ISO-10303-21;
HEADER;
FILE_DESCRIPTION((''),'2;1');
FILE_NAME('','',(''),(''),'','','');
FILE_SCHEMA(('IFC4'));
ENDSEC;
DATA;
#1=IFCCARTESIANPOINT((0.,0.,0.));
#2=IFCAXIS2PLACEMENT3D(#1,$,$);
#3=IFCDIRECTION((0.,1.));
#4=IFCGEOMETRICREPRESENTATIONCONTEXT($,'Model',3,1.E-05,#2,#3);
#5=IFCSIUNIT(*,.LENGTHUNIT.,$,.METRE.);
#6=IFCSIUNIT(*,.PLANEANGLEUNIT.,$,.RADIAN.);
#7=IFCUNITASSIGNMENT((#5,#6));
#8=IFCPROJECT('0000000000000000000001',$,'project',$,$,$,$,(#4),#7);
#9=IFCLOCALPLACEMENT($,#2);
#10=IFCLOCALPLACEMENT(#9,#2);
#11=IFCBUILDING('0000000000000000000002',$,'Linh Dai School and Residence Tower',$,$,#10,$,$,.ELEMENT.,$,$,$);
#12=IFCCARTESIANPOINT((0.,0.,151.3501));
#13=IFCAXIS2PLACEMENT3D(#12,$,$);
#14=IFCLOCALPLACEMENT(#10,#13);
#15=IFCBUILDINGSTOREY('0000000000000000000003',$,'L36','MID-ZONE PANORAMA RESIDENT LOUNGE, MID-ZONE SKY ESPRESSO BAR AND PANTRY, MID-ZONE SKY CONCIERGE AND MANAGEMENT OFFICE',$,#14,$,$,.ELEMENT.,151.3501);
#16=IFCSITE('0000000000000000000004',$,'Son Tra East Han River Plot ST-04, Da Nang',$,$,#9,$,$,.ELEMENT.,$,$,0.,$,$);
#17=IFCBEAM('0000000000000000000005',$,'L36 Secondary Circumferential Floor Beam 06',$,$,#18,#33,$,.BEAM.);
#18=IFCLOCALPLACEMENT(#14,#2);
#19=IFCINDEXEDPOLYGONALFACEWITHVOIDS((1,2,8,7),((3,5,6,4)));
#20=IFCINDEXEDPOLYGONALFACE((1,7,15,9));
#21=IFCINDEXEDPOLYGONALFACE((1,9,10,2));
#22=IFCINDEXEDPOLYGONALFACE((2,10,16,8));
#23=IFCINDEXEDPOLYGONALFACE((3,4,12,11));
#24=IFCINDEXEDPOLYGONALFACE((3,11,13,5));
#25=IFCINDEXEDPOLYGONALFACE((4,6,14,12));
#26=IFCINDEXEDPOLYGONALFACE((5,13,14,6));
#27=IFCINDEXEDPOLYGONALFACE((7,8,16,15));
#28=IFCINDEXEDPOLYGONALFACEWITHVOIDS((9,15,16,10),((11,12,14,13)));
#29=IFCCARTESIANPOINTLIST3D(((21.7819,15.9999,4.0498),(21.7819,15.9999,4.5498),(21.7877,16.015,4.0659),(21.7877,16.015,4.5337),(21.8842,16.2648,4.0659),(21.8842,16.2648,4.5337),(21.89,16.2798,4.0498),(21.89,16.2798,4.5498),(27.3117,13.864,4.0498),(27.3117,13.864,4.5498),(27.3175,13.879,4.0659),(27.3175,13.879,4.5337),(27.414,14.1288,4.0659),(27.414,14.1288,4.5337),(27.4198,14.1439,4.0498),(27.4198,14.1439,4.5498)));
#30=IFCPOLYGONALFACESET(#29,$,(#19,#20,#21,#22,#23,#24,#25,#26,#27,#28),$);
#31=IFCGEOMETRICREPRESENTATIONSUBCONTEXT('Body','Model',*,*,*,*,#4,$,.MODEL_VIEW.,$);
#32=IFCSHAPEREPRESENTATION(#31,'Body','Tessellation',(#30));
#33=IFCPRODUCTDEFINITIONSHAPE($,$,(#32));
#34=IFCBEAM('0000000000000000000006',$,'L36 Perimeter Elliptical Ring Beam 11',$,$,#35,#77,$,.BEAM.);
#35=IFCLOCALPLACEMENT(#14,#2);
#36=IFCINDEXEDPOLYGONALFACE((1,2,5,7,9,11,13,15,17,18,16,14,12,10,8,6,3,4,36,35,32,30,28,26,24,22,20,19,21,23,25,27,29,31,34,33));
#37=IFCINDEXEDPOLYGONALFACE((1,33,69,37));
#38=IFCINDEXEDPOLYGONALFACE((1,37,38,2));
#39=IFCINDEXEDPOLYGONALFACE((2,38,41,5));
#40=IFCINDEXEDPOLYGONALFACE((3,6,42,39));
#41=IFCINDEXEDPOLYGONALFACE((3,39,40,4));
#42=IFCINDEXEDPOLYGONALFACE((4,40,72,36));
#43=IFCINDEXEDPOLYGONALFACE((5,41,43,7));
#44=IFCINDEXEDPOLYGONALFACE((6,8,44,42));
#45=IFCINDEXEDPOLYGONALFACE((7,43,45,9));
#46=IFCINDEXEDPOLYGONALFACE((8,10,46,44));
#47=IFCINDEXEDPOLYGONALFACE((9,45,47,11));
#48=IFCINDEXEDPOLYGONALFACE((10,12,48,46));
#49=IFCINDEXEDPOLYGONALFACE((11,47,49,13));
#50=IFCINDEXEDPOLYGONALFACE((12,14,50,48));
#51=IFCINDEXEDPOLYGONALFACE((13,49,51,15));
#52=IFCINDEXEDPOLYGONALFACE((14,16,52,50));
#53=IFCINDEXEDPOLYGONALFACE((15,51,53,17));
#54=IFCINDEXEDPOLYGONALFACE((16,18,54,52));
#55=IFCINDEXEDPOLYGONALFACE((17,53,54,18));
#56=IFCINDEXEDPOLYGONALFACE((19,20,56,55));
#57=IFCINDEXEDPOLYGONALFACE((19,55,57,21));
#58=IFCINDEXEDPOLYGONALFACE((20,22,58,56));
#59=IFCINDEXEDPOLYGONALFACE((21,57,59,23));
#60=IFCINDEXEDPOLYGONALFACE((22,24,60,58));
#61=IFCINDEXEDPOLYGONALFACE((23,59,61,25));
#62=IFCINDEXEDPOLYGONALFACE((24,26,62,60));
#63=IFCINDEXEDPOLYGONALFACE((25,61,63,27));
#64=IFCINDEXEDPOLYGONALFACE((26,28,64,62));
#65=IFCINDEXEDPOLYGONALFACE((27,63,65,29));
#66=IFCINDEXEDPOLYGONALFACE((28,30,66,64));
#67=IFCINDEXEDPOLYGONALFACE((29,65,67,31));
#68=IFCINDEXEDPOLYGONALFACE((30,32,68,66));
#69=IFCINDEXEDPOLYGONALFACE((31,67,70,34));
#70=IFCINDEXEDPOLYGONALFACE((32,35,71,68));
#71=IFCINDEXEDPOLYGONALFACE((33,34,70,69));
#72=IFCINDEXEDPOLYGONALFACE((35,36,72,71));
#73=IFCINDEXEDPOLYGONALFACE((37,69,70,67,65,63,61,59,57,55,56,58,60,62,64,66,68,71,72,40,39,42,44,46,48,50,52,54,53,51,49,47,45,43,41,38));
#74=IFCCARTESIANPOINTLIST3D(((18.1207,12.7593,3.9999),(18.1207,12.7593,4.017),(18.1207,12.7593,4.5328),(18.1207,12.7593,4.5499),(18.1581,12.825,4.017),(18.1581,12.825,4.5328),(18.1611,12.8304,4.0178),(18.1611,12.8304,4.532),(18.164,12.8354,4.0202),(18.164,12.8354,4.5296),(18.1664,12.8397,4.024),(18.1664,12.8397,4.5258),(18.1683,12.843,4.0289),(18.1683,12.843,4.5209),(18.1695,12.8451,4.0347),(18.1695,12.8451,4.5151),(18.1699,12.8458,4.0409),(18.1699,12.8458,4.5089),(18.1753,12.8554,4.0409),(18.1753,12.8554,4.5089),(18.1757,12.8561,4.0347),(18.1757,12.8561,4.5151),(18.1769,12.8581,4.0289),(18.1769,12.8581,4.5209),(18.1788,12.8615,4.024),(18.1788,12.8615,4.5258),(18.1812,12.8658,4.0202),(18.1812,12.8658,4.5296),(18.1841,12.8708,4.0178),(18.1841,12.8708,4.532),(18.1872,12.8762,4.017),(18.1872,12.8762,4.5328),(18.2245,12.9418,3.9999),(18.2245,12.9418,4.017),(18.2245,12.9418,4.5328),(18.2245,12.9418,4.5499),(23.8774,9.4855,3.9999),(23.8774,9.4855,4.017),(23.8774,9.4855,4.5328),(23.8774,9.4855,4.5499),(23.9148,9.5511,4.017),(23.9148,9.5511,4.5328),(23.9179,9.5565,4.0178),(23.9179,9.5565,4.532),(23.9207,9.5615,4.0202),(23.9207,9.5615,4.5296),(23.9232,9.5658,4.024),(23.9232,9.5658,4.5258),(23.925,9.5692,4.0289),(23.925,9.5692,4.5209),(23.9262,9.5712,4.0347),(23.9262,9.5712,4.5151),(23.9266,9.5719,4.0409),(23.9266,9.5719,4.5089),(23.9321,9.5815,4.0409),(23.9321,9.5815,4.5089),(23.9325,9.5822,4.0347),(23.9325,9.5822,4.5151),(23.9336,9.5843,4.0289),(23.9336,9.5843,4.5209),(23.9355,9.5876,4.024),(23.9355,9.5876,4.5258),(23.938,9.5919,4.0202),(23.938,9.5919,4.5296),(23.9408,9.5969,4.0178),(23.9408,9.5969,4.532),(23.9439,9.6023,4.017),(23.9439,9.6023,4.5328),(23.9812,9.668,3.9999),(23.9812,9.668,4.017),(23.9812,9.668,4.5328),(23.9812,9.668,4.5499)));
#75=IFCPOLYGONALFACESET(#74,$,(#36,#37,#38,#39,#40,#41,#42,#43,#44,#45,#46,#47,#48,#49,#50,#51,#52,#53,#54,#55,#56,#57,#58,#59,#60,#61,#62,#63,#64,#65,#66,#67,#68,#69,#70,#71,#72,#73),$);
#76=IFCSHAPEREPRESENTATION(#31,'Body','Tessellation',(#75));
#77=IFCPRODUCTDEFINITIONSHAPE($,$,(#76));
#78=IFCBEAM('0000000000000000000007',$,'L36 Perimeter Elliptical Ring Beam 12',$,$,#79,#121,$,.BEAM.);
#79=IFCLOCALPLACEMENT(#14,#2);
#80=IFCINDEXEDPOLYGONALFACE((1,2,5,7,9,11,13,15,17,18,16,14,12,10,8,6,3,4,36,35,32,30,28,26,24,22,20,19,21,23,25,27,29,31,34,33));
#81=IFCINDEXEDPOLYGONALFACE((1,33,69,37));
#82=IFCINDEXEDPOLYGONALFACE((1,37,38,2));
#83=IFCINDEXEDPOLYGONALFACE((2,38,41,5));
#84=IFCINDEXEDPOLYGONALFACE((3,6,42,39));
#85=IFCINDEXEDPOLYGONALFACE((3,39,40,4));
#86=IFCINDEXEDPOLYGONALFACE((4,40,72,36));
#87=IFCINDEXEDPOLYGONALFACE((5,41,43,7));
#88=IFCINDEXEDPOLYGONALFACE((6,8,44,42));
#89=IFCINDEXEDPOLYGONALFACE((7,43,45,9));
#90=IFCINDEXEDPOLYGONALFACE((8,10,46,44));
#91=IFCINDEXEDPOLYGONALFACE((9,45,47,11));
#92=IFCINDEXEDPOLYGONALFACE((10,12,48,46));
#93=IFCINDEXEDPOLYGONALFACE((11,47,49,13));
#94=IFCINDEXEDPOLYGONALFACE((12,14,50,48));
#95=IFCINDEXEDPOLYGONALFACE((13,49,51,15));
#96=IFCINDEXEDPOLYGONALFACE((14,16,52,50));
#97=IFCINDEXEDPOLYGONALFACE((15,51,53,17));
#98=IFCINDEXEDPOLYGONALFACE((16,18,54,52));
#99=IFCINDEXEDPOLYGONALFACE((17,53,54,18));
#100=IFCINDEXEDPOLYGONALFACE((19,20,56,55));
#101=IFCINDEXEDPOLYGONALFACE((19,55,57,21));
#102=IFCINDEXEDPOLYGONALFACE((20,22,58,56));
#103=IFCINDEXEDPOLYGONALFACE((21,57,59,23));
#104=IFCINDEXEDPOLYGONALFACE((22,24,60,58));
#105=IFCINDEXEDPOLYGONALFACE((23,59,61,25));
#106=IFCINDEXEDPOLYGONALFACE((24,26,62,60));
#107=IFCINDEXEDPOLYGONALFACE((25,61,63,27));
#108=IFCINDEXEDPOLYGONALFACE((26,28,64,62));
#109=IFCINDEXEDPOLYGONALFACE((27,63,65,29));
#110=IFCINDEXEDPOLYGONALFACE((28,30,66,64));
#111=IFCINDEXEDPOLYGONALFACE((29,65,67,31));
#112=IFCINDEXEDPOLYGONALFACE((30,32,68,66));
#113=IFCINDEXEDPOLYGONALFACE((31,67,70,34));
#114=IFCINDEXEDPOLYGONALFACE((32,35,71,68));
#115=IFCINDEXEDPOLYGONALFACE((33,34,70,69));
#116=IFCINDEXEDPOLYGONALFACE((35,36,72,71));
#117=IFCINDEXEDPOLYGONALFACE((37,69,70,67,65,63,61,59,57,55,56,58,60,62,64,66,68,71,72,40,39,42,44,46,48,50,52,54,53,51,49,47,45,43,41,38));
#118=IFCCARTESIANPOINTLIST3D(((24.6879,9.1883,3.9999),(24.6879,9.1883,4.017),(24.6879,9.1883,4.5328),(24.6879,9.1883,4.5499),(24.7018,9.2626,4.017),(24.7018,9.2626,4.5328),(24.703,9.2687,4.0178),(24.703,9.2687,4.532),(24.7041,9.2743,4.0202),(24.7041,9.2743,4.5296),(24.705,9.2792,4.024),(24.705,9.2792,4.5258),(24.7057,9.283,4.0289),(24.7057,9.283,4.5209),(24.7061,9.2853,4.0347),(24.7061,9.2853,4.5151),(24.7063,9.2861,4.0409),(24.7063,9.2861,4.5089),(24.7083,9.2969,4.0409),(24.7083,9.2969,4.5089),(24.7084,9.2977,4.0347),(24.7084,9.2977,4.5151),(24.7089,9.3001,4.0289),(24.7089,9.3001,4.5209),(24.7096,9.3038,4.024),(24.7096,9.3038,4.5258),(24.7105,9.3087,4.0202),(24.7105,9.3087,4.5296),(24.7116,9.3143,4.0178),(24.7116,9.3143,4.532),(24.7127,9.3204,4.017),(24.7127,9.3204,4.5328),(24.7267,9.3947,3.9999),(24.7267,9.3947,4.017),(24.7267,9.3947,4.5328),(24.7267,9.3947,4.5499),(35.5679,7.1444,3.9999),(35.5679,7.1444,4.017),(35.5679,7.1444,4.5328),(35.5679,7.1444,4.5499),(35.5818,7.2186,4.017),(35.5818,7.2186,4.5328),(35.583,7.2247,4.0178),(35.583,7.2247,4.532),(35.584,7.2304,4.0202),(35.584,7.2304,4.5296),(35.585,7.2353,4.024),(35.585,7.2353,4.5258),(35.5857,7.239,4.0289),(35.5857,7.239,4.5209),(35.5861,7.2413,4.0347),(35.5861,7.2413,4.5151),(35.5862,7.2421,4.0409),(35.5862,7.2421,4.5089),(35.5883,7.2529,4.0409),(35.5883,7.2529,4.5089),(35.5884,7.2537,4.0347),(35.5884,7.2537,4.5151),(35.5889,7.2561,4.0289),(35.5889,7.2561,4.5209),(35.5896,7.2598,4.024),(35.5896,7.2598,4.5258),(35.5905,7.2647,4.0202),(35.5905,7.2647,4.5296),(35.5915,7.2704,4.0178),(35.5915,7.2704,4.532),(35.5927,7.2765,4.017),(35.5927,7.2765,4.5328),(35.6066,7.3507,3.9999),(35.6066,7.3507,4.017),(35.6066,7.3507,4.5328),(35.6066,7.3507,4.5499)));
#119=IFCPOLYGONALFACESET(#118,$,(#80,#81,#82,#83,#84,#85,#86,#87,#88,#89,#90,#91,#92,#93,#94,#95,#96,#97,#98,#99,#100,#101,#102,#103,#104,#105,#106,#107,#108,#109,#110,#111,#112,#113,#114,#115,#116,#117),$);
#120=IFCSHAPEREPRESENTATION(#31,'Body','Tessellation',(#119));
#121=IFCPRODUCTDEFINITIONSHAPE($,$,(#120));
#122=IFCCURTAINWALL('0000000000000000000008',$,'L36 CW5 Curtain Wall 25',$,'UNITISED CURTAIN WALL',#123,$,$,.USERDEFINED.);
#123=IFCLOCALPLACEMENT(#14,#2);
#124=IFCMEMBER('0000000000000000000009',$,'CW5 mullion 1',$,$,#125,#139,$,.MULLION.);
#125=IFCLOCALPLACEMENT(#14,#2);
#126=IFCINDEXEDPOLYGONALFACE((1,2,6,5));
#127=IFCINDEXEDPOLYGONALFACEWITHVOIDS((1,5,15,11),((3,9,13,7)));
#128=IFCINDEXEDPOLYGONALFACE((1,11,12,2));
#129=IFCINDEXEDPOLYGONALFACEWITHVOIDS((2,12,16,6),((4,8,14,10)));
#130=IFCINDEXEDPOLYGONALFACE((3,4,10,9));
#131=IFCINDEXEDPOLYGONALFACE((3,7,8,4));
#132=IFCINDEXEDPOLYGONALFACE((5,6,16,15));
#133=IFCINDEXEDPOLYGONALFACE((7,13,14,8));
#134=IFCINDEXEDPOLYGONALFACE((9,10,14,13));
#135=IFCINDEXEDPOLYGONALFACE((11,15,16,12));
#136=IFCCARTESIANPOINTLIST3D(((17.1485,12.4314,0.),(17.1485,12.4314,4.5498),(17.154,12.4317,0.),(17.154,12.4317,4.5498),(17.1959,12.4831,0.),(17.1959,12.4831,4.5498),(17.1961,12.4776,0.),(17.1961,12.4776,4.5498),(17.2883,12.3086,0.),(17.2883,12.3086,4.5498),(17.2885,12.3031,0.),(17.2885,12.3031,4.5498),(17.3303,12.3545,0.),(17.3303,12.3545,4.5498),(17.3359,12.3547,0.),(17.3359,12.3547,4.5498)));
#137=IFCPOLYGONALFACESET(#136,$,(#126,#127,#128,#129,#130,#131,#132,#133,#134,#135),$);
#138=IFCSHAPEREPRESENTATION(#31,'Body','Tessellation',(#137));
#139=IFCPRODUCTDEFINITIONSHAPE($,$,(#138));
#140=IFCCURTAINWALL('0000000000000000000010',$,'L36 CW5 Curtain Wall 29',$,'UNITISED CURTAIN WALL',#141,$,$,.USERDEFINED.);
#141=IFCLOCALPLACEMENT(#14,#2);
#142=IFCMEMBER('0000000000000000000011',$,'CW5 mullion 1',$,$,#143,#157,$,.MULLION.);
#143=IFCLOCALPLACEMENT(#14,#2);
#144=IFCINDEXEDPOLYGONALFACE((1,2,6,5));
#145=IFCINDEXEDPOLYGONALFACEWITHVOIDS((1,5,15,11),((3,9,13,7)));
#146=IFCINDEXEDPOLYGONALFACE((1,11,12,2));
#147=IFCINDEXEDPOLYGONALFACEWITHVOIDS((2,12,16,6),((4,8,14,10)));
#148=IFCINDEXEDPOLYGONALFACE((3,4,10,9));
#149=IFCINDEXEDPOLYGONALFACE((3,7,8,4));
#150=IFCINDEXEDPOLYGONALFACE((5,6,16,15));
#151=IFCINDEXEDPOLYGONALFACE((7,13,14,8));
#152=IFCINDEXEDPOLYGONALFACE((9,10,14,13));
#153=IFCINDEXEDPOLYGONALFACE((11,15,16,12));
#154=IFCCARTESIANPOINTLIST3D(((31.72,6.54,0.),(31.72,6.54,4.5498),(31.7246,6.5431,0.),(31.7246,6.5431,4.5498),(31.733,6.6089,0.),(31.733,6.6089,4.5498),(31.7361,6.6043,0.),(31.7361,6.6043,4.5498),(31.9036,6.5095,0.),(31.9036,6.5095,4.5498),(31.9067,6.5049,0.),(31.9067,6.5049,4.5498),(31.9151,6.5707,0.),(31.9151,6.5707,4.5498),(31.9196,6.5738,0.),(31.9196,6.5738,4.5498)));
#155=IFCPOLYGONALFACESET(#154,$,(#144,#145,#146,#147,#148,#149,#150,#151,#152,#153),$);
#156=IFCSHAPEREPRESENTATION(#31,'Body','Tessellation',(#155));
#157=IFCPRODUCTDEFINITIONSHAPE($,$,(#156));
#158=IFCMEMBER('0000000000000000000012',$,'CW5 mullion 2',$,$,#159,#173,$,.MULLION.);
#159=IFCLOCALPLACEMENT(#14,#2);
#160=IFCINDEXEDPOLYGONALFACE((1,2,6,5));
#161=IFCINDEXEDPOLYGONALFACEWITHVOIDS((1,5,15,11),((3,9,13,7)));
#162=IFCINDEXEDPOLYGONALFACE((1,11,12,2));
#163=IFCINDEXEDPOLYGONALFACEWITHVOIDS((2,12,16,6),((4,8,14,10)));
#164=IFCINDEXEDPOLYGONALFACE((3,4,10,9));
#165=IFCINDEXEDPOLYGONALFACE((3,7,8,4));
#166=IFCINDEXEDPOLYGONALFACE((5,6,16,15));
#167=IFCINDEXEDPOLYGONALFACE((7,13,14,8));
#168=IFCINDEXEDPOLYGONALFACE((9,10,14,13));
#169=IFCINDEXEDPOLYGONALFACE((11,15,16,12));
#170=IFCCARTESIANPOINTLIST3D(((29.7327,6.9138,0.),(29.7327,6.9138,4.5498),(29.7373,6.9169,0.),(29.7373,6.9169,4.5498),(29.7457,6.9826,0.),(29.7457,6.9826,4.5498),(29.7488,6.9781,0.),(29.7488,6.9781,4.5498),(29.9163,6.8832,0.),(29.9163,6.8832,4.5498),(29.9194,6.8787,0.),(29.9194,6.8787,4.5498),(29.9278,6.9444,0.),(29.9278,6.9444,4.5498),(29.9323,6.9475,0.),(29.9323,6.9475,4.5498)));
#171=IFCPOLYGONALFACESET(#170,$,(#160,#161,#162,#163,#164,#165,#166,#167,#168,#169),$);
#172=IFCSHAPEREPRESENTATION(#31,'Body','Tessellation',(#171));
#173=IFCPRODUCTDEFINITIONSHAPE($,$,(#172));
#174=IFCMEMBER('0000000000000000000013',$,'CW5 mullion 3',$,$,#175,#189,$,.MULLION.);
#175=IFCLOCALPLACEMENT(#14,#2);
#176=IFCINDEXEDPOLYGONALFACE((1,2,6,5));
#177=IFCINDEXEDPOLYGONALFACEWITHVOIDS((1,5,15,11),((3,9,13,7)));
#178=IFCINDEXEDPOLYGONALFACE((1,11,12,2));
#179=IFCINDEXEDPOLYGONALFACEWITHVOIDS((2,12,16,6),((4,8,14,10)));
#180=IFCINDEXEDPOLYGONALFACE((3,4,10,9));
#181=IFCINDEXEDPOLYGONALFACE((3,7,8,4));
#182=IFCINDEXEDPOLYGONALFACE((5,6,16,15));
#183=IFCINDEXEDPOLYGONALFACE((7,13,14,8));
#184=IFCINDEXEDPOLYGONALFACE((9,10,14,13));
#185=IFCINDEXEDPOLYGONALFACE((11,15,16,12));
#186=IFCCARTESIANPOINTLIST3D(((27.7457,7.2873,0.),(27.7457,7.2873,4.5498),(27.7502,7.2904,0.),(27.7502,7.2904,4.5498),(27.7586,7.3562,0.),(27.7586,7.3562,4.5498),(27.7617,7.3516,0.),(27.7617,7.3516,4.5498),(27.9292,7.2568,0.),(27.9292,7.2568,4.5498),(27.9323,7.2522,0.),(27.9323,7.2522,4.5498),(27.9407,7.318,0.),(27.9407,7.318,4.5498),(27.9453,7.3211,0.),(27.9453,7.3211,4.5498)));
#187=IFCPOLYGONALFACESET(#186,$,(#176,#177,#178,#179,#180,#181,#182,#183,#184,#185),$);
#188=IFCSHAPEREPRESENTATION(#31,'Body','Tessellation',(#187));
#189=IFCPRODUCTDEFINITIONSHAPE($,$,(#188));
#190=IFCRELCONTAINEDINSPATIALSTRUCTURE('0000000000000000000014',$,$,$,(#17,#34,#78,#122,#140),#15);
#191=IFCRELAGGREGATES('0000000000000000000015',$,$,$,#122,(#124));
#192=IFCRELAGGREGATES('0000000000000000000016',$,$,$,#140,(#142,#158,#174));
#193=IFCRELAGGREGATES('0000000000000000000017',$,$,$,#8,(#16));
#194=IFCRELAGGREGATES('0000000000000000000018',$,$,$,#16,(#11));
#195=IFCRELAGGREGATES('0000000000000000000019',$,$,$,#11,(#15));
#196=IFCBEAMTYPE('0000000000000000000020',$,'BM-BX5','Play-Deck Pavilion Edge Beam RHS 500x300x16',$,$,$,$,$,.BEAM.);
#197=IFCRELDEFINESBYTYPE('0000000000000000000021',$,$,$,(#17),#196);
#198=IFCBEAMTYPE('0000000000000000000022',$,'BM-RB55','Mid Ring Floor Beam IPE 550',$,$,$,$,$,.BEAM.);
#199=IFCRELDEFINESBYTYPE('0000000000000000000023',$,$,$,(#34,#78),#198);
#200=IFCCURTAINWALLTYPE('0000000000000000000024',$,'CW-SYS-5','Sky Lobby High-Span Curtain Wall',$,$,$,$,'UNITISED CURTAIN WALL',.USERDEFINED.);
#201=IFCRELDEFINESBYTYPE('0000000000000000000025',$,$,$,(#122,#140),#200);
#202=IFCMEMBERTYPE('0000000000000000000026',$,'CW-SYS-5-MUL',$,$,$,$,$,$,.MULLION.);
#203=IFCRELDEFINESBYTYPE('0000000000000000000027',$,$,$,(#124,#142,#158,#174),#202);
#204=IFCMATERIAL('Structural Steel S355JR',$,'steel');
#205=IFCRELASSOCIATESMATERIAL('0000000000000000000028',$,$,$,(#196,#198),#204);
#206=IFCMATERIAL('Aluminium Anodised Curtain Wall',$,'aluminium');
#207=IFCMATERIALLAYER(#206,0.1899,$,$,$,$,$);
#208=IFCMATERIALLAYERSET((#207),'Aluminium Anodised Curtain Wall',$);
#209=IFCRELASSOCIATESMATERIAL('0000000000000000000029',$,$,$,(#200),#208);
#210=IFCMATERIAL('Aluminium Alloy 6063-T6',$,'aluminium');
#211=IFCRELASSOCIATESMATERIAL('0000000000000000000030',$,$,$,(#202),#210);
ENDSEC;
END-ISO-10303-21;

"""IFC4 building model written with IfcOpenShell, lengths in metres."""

from ifc_helpers import new_model, si_unit, direction, frame, origin, origin_2d, place, context, subcontext, project, spatial, hollow_rectangle, i_section, extrude, source, transform, mapped, material, layer, layer_set, material_profile, profile_set, type_object, element, aggregate, save


model = new_model("IFC4")

# Units and contexts
model_context = context("Model", 3, precision=1e-05, world=origin(), true_north=direction((0.0, 1.0)))
body_context = subcontext(model_context, "Body", "Model", "MODEL_VIEW")
ifc_project = project(units=[si_unit("LENGTHUNIT", "METRE"), si_unit("PLANEANGLEUNIT", "RADIAN")], contexts=[model_context])

# Site, building, storey
site_placement = place(None, origin())
site = spatial("IfcSite", under=ifc_project, at=site_placement, Name="Son Tra East Han River Plot ST-04, Da Nang", CompositionType="ELEMENT", RefElevation=0.0)
building_placement = place(site_placement, origin())
building = spatial("IfcBuilding", under=site, at=building_placement, Name="Linh Dai School and Residence Tower", CompositionType="ELEMENT")
storey_placement = place(building_placement, frame((0.0, 0.0, 151.3501)))
storey = spatial("IfcBuildingStorey", under=building, at=storey_placement, Name="L36", Description="MID-ZONE PANORAMA RESIDENT LOUNGE, MID-ZONE SKY ESPRESSO BAR AND PANTRY, MID-ZONE SKY CONCIERGE AND MANAGEMENT OFFICE", CompositionType="ELEMENT", Elevation=151.3501)

# Shared definitions
ifc_material_1 = material(Name="Structural Steel S355JR", Category="steel")

# Beams
ifc_material_profile_1 = material_profile(ifc_material_1, hollow_rectangle(XDim=0.3, YDim=0.5, WallThickness=0.0161, at=origin_2d()), Name="RHS 500x300x16")
ifc_profile_set_1 = profile_set([ifc_material_profile_1], Name="Structural Steel S355JR")
beam_type_1 = type_object("IfcBeamType", Name="BM-BX5", Description="Play-Deck Pavilion Edge Beam RHS 500x300x16", PredefinedType="BEAM", material=ifc_profile_set_1)
beam_1_placement = place(storey_placement, frame((21.8359, 16.1399, 4.2998), z_axis=(0.932828, -0.360323, 0.0), x_axis=(0.360323, 0.932828, 0.0)))
element("IfcBeam", 1, at=beam_1_placement, inside=storey, type_object=beam_type_1, Name="L36 Secondary Circumferential Floor Beam 06", PredefinedType="BEAM", context=body_context, shape_type="SweptSolid", body=[
    extrude(hollow_rectangle(XDim=0.3, YDim=0.5, WallThickness=0.0161, at=origin_2d()), origin(), (0.0, 0.0, 1.0), 5.928),
])
ifc_material_profile_2 = material_profile(ifc_material_1, i_section(OverallWidth=0.21, OverallDepth=0.55, WebThickness=0.011, FlangeThickness=0.0171, FilletRadius=0.0239, at=origin_2d()), Name="IPE 550")
ifc_profile_set_2 = profile_set([ifc_material_profile_2], Name="Structural Steel S355JR")
beam_type_2 = type_object("IfcBeamType", Name="BM-RB55", Description="Mid Ring Floor Beam IPE 550", PredefinedType="BEAM", material=ifc_profile_set_2)
beam_2_placement = place(storey_placement, frame((18.1726, 12.8506, 4.2749), z_axis=(0.869262, -0.494351, 0.0), x_axis=(0.494351, 0.869262, 0.0)))
element("IfcBeam", 2, at=beam_2_placement, inside=storey, type_object=beam_type_2, Name="L36 Perimeter Elliptical Ring Beam 11", PredefinedType="BEAM", context=body_context, shape_type="SweptSolid", body=[
    extrude(i_section(OverallWidth=0.21, OverallDepth=0.55, WebThickness=0.011, FlangeThickness=0.0171, FilletRadius=0.0239, at=origin_2d()), origin(), (0.0, 0.0, 1.0), 6.6226),
])
beam_3_placement = place(storey_placement, frame((24.7073, 9.2915, 4.2749), z_axis=(0.982807, -0.184635, 0.0), x_axis=(0.184635, 0.982807, 0.0)))
element("IfcBeam", 3, at=beam_3_placement, inside=storey, type_object=beam_type_2, Name="L36 Perimeter Elliptical Ring Beam 12", PredefinedType="BEAM", context=body_context, shape_type="SweptSolid", body=[
    extrude(i_section(OverallWidth=0.21, OverallDepth=0.55, WebThickness=0.011, FlangeThickness=0.0171, FilletRadius=0.0239, at=origin_2d()), origin(), (0.0, 0.0, 1.0), 11.0703),
])

# Curtain wall, member
ifc_material_2 = material(Name="Aluminium Anodised Curtain Wall", Category="aluminium")
ifc_layer_1 = layer(ifc_material_2, 0.1899)
ifc_layer_set_1 = layer_set([ifc_layer_1], Name="Aluminium Anodised Curtain Wall")
curtain_wall_type = type_object("IfcCurtainWallType", Name="CW-SYS-5", Description="Sky Lobby High-Span Curtain Wall", ElementType="UNITISED CURTAIN WALL", PredefinedType="USERDEFINED", material=ifc_layer_set_1)
curtain_wall_1_placement = place(storey_placement, origin())
curtain_wall_1 = element("IfcCurtainWall", 4, at=curtain_wall_1_placement, inside=storey, type_object=curtain_wall_type, Name="L36 CW5 Curtain Wall 25", ObjectType="UNITISED CURTAIN WALL", PredefinedType="USERDEFINED")
ifc_material_3 = material(Name="Aluminium Alloy 6063-T6", Category="aluminium")
ifc_material_profile_3 = material_profile(ifc_material_3, hollow_rectangle(XDim=0.0701, YDim=0.1899, WallThickness=0.0039, at=origin_2d()), Name="RHS 190x70x4")
ifc_profile_set_3 = profile_set([ifc_material_profile_3], Name="Aluminium Alloy 6063-T6")
member_type_1 = type_object("IfcMemberType", Name="CW-SYS-5-MUL", PredefinedType="MULLION", material=ifc_profile_set_3)
shared_shape_1 = source(origin(), body_context, "Body", "SweptSolid", [
    extrude(hollow_rectangle(XDim=0.0701, YDim=0.1899, WallThickness=0.0039, at=origin_2d()), origin(), (0.0, 0.0, 1.0), 4.5498),
])
member_1_placement = place(storey_placement, frame((17.2422, 12.3931, 0.0), z_axis=(0.0, 0.0, 1.0), x_axis=(-0.6758, -0.737085, 0.0)))
member_1 = element("IfcMember", 5, at=member_1_placement, type_object=member_type_1, Name="CW5 mullion 1", PredefinedType="MULLION", context=body_context, shape_type="MappedRepresentation", body=[
    mapped(shared_shape_1, transform((0.0, 0.0, 0.0), x_axis=(1.0, 0.0, 0.0), y_axis=(0.0, 1.0, 0.0), z_axis=(0.0, 0.0, 1.0), scale=1.0)),
])

# Curtain wall, members
curtain_wall_2_placement = place(storey_placement, origin())
curtain_wall_2 = element("IfcCurtainWall", 6, at=curtain_wall_2_placement, inside=storey, type_object=curtain_wall_type, Name="L36 CW5 Curtain Wall 29", ObjectType="UNITISED CURTAIN WALL", PredefinedType="USERDEFINED")
member_2_placement = place(storey_placement, frame((31.8198, 6.5569, 0.0), z_axis=(0.0, 0.0, 1.0), x_axis=(-0.184763, -0.982783, 0.0)))
member_2 = element("IfcMember", 7, at=member_2_placement, type_object=member_type_1, Name="CW5 mullion 1", PredefinedType="MULLION", context=body_context, shape_type="MappedRepresentation", body=[
    mapped(shared_shape_1, transform((0.0, 0.0, 0.0), x_axis=(1.0, 0.0, 0.0), y_axis=(0.0, 1.0, 0.0), z_axis=(0.0, 0.0, 1.0), scale=1.0)),
])
member_3_placement = place(storey_placement, frame((29.8325, 6.9307, 0.0), z_axis=(0.0, 0.0, 1.0), x_axis=(-0.184763, -0.982783, 0.0)))
member_3 = element("IfcMember", 8, at=member_3_placement, type_object=member_type_1, Name="CW5 mullion 2", PredefinedType="MULLION", context=body_context, shape_type="MappedRepresentation", body=[
    mapped(shared_shape_1, transform((0.0, 0.0, 0.0), x_axis=(1.0, 0.0, 0.0), y_axis=(0.0, 1.0, 0.0), z_axis=(0.0, 0.0, 1.0), scale=1.0)),
])
member_4_placement = place(storey_placement, frame((27.8455, 7.3042, 0.0), z_axis=(0.0, 0.0, 1.0), x_axis=(-0.184763, -0.982783, 0.0)))
member_4 = element("IfcMember", 9, at=member_4_placement, type_object=member_type_1, Name="CW5 mullion 3", PredefinedType="MULLION", context=body_context, shape_type="MappedRepresentation", body=[
    mapped(shared_shape_1, transform((0.0, 0.0, 0.0), x_axis=(1.0, 0.0, 0.0), y_axis=(0.0, 1.0, 0.0), z_axis=(0.0, 0.0, 1.0), scale=1.0)),
])

aggregate(curtain_wall_1, [member_1])

aggregate(curtain_wall_2, [member_2, member_3, member_4])

save(model, "model.ifc")
